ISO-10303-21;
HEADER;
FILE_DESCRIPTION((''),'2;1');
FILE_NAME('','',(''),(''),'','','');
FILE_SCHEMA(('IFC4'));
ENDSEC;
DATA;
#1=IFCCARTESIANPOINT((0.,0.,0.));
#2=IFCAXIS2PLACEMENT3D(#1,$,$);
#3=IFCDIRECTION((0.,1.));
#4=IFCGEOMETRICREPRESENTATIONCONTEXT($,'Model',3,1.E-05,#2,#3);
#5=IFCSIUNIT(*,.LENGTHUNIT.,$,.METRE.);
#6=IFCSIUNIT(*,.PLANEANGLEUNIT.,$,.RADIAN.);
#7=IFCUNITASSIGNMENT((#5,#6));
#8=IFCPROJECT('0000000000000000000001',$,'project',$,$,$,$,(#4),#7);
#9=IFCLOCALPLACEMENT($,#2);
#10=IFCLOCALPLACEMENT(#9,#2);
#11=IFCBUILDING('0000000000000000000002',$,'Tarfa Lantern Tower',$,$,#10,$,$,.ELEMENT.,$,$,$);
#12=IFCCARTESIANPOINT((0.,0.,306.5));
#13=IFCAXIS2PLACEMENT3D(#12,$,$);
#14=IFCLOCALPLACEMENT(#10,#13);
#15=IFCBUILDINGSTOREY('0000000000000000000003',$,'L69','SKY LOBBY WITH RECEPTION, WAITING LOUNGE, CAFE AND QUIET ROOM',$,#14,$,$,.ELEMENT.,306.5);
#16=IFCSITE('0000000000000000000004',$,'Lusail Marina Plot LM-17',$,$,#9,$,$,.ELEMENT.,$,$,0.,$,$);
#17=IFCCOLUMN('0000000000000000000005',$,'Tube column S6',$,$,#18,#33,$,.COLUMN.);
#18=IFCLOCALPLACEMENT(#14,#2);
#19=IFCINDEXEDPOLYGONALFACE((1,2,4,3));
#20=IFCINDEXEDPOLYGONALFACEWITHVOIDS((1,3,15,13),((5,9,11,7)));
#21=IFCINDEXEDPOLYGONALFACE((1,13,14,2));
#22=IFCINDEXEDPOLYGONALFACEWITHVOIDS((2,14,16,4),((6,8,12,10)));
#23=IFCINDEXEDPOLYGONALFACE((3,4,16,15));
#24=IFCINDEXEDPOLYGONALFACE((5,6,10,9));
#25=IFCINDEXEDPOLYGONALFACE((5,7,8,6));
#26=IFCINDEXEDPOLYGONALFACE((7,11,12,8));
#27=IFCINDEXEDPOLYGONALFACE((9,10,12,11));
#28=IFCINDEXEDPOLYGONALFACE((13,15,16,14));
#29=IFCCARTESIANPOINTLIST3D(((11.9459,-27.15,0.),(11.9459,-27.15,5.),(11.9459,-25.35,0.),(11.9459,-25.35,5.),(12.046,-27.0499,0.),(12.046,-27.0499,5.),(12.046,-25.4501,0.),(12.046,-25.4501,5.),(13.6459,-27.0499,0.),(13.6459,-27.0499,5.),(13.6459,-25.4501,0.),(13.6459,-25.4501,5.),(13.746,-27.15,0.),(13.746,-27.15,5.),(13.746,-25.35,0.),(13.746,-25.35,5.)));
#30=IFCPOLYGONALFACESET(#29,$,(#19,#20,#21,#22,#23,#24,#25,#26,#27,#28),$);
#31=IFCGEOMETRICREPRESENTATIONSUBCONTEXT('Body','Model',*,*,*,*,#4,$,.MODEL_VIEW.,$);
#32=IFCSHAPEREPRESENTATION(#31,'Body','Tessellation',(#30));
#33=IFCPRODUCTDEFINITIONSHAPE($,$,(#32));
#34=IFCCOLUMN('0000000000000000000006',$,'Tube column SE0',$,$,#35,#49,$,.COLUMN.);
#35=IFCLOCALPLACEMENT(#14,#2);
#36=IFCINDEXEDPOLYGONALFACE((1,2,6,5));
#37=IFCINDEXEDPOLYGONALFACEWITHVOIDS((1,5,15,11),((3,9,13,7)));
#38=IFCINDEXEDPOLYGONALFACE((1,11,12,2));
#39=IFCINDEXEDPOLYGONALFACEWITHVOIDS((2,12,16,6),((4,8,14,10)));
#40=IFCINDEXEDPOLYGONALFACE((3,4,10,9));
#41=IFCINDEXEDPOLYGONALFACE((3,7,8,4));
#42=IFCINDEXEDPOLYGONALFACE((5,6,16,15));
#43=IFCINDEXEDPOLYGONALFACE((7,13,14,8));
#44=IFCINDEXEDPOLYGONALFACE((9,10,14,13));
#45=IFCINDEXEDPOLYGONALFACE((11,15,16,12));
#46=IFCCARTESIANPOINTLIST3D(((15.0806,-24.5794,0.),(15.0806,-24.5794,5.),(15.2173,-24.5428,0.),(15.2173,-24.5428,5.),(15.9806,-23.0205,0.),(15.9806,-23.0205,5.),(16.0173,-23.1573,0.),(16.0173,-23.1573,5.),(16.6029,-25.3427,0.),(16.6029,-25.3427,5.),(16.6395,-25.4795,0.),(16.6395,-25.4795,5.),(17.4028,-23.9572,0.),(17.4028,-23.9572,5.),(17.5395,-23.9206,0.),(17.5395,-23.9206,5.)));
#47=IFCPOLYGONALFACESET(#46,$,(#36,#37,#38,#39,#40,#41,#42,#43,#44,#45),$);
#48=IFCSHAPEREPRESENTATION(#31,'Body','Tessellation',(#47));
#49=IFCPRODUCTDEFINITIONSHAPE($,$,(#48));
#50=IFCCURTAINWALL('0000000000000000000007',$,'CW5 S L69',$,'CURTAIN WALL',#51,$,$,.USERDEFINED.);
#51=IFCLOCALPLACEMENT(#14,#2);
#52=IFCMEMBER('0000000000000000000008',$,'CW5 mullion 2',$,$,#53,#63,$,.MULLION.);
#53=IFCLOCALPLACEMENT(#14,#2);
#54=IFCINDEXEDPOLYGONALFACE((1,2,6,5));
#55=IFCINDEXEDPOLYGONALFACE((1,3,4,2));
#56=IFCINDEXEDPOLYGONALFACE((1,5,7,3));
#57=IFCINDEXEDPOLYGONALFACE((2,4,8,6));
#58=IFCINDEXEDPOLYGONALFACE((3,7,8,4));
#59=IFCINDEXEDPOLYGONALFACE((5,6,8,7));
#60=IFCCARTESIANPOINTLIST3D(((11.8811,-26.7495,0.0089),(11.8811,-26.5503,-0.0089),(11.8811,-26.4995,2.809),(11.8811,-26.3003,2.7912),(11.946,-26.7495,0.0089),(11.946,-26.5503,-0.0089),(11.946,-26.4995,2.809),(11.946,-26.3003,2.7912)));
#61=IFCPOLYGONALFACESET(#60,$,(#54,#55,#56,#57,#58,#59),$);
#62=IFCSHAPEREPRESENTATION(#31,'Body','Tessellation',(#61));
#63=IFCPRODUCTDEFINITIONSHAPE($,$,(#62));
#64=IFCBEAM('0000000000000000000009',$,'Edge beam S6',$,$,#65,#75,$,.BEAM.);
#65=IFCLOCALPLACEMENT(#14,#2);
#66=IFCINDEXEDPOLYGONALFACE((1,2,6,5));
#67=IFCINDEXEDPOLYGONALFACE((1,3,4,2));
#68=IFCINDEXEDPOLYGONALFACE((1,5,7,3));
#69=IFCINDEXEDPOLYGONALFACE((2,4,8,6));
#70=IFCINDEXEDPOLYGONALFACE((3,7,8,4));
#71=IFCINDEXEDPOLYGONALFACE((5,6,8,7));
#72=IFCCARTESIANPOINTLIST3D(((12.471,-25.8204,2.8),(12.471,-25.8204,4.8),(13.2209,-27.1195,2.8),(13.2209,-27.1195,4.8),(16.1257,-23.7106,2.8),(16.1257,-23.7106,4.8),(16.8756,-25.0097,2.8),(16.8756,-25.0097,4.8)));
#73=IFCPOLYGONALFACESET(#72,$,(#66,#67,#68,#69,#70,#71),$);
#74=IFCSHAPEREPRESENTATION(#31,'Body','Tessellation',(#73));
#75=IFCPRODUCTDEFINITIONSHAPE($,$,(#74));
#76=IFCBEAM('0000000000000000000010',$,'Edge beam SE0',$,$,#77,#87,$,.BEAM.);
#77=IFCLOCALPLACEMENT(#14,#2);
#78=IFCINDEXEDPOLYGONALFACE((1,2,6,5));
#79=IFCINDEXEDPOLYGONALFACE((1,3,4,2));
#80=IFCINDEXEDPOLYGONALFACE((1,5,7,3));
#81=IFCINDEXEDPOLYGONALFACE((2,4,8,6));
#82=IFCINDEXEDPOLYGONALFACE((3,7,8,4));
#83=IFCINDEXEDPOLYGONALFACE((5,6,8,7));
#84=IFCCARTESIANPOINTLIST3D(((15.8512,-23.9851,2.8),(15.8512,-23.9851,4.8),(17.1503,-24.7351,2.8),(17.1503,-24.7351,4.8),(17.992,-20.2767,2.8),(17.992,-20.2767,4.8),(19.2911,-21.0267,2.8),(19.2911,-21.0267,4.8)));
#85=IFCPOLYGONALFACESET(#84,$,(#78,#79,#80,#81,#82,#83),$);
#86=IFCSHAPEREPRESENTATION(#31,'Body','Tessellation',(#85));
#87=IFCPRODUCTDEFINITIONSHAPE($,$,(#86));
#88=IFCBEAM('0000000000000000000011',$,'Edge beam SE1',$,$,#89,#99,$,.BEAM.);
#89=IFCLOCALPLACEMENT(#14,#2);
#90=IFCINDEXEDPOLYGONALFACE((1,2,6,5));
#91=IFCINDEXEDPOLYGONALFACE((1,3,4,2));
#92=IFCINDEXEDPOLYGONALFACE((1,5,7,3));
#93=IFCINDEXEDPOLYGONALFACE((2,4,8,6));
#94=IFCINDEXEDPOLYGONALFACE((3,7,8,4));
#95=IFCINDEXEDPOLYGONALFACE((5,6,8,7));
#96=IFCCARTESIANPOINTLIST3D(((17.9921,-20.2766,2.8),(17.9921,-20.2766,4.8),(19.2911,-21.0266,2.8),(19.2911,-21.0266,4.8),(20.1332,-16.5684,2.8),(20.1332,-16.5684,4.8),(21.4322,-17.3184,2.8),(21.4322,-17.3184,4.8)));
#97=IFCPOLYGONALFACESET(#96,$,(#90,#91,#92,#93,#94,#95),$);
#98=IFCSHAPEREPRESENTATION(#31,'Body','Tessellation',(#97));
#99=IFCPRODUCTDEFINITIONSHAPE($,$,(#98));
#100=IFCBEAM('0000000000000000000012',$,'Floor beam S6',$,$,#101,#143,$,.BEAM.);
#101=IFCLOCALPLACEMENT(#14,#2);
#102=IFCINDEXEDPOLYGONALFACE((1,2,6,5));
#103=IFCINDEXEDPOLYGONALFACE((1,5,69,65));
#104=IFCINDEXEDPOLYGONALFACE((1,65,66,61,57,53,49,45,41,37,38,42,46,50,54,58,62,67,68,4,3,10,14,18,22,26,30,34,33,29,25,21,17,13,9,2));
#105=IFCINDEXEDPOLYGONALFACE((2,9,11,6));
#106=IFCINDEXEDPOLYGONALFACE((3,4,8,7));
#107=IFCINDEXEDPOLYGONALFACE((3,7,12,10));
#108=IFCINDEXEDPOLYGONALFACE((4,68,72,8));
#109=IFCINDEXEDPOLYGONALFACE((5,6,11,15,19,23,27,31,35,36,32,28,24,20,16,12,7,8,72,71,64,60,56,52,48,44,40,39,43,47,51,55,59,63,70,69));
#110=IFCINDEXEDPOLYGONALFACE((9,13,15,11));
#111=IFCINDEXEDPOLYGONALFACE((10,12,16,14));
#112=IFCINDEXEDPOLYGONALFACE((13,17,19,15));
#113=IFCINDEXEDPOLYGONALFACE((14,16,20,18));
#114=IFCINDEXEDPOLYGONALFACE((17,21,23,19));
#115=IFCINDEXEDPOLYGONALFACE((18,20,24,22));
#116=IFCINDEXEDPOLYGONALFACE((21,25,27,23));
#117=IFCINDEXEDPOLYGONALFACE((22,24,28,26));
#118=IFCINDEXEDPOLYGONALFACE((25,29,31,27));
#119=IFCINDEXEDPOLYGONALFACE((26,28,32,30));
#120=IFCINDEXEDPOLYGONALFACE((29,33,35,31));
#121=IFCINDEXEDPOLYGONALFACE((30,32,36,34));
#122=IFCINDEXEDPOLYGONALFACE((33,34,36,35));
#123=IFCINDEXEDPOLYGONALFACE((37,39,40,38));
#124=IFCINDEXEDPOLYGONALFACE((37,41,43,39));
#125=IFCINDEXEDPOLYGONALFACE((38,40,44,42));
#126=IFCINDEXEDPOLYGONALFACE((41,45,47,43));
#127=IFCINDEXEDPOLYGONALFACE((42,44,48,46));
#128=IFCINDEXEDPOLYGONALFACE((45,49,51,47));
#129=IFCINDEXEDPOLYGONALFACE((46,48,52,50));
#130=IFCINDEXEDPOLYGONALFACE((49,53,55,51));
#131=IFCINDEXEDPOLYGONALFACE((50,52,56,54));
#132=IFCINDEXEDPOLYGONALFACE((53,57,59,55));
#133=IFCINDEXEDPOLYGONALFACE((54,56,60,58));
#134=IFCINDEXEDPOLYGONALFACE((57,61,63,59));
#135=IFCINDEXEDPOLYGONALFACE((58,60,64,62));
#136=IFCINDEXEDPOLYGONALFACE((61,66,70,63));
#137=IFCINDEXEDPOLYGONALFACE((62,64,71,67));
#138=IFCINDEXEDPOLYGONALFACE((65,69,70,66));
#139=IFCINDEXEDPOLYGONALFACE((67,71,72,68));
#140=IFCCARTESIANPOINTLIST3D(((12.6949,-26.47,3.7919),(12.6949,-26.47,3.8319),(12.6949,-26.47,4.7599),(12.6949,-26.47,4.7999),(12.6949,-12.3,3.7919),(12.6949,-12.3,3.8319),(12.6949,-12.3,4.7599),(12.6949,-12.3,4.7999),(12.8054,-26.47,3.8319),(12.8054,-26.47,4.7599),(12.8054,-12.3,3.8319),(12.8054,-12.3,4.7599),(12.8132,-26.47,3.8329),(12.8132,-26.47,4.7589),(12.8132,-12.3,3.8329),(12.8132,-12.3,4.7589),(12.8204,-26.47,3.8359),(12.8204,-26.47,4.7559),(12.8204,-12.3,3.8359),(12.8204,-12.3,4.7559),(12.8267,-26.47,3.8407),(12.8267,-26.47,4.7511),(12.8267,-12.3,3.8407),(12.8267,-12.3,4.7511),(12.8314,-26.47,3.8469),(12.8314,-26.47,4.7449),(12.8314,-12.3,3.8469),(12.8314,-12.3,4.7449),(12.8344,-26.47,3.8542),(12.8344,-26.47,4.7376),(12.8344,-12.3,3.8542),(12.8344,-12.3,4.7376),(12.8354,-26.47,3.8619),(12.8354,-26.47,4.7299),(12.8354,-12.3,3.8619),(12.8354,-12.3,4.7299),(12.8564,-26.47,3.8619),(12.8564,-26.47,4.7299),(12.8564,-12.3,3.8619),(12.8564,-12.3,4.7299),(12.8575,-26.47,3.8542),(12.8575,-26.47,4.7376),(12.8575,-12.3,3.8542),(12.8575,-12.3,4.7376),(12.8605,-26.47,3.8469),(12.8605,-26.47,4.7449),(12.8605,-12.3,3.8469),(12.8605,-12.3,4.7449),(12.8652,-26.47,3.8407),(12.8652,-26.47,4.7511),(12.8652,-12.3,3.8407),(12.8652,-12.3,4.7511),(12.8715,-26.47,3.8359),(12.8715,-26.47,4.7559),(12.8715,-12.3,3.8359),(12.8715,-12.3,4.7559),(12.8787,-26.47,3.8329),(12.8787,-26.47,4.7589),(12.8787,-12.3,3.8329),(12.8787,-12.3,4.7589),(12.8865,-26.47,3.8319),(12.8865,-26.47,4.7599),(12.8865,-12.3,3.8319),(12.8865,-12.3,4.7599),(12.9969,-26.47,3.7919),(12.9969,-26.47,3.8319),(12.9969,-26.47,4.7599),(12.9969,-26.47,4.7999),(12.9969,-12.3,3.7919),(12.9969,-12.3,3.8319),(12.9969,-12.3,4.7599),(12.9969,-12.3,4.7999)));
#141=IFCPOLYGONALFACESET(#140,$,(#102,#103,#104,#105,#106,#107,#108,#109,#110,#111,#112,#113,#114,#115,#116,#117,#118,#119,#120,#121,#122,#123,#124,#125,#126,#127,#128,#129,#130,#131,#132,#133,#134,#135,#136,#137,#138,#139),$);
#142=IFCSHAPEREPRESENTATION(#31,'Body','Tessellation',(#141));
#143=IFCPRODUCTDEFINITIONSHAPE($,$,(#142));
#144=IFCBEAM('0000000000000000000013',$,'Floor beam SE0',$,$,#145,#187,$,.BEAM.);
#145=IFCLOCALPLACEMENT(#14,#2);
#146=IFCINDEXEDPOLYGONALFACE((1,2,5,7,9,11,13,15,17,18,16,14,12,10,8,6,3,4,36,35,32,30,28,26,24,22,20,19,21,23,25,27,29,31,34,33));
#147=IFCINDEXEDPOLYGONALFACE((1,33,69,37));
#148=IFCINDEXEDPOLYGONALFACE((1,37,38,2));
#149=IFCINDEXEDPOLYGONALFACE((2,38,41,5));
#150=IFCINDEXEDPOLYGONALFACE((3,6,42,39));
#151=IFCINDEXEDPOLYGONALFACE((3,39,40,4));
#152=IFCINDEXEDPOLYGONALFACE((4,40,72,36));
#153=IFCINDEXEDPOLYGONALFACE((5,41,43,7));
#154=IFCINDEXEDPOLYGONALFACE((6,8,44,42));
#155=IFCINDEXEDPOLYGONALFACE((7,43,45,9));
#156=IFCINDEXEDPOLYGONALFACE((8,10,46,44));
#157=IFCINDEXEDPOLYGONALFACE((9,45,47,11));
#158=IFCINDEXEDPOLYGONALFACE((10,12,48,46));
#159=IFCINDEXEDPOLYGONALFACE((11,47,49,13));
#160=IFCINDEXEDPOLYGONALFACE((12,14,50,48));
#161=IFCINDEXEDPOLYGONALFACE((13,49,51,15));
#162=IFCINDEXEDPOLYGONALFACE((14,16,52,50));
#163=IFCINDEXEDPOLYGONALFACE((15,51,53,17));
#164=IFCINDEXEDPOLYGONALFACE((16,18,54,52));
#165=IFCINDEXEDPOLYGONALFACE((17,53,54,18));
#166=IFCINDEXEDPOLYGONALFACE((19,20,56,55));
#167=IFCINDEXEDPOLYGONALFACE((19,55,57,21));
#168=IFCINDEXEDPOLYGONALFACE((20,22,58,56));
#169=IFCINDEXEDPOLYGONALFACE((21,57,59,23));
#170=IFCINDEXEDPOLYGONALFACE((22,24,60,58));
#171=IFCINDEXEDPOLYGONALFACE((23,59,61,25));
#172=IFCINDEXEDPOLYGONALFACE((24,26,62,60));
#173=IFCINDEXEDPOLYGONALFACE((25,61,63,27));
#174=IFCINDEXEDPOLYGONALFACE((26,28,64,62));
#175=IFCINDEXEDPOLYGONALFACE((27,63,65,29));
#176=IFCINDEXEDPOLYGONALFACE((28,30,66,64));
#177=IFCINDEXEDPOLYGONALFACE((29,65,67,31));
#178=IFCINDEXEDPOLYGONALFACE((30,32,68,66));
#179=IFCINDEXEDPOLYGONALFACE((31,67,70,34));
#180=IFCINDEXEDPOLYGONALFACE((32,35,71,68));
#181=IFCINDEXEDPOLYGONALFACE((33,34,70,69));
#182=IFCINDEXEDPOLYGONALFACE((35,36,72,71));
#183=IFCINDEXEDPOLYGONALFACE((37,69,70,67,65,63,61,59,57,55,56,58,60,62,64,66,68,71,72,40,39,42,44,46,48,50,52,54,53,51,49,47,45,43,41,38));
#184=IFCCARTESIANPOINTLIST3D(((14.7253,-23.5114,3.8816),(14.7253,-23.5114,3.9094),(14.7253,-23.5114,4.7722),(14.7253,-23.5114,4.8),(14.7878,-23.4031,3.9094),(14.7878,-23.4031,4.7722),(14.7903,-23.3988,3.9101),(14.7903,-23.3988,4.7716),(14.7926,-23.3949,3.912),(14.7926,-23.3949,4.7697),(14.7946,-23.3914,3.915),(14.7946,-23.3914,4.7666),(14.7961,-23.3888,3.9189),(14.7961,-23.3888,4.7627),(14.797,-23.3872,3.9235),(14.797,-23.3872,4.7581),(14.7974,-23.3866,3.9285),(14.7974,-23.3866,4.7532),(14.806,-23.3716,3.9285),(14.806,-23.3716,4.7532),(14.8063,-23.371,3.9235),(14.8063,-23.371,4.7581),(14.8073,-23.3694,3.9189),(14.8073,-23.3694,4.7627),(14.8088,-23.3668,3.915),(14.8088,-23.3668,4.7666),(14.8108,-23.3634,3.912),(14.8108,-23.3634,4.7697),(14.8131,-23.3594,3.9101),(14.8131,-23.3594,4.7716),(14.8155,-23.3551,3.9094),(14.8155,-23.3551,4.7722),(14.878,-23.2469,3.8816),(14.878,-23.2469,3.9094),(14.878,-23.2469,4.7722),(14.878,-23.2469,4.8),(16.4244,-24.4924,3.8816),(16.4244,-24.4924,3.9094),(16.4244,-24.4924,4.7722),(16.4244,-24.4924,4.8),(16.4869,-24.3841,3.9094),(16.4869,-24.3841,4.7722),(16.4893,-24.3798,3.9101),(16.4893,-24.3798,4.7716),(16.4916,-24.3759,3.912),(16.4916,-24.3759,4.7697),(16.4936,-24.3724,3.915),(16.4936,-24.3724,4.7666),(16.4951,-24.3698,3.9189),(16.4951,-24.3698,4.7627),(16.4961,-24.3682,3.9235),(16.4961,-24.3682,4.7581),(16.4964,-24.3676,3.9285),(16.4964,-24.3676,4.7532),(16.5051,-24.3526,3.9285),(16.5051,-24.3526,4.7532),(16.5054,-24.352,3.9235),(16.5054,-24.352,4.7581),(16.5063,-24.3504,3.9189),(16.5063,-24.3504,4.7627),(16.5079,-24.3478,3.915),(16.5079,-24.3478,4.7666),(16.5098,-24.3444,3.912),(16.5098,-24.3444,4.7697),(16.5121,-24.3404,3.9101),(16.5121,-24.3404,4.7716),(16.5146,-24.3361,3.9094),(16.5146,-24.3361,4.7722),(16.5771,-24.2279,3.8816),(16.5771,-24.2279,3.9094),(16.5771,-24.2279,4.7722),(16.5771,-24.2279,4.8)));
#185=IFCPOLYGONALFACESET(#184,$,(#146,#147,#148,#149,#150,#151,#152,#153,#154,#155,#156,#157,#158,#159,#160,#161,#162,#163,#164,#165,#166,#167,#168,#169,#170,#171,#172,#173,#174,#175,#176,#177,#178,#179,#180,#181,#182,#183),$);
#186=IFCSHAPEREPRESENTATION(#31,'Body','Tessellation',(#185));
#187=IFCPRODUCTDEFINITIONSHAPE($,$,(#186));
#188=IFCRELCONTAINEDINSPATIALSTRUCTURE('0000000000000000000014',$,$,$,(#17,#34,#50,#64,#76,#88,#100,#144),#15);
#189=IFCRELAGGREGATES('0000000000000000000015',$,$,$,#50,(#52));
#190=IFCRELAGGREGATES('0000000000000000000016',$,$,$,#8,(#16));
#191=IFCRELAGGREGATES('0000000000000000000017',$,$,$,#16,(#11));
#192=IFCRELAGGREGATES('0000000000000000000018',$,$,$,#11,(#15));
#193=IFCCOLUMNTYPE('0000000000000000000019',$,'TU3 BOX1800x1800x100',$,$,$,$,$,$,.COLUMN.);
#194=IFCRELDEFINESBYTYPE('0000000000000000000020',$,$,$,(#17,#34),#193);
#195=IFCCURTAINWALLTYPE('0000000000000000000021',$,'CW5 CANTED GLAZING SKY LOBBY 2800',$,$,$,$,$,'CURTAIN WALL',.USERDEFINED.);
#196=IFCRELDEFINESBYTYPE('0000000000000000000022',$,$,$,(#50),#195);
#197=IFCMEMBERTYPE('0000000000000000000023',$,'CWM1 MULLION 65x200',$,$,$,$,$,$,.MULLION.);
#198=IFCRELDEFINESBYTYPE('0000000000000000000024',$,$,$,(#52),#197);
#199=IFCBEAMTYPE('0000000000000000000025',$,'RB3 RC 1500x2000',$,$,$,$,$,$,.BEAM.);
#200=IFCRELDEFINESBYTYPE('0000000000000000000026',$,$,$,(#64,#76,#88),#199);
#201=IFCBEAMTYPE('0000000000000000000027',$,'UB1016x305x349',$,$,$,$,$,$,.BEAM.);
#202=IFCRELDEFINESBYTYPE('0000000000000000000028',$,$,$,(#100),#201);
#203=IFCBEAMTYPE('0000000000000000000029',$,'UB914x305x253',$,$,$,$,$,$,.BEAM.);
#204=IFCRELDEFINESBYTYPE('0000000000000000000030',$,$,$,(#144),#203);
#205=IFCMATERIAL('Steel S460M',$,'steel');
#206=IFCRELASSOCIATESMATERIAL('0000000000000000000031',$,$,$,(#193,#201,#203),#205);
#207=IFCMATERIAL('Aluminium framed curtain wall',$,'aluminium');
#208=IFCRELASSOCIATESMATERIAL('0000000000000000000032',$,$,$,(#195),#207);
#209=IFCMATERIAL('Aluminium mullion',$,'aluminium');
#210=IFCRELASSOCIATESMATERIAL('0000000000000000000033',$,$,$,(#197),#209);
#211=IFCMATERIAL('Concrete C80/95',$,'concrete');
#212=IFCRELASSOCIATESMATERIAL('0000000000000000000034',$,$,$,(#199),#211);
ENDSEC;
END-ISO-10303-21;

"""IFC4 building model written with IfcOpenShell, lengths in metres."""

from ifc_helpers import new_model, si_unit, direction, frame, origin, origin_2d, place, context, subcontext, project, spatial, rectangle, hollow_rectangle, i_section, extrude, material, material_profile, profile_set, type_object, element, aggregate, save


model = new_model("IFC4")

# Units and contexts
model_context = context("Model", 3, precision=1e-05, world=origin(), true_north=direction((0.0, 1.0)))
body_context = subcontext(model_context, "Body", "Model", "MODEL_VIEW")
ifc_project = project(units=[si_unit("LENGTHUNIT", "METRE"), si_unit("PLANEANGLEUNIT", "RADIAN")], contexts=[model_context])

# Site, building, storey
site_placement = place(None, origin())
site = spatial("IfcSite", under=ifc_project, at=site_placement, Name="Lusail Marina Plot LM-17", CompositionType="ELEMENT", RefElevation=0.0)
building_placement = place(site_placement, origin())
building = spatial("IfcBuilding", under=site, at=building_placement, Name="Tarfa Lantern Tower", CompositionType="ELEMENT")
storey_placement = place(building_placement, frame((0.0, 0.0, 306.5)))
storey = spatial("IfcBuildingStorey", under=building, at=storey_placement, Name="L69", Description="SKY LOBBY WITH RECEPTION, WAITING LOUNGE, CAFE AND QUIET ROOM", CompositionType="ELEMENT", Elevation=306.5)

# Columns
ifc_material_1 = material(Name="Steel S460M", Category="steel")
ifc_material_profile_1 = material_profile(ifc_material_1, hollow_rectangle(XDim=1.8, YDim=1.8, WallThickness=0.1001, at=origin_2d()), Name="BOX1800x1800x100")
ifc_profile_set_1 = profile_set([ifc_material_profile_1], Name="Steel S460M")
column_type = type_object("IfcColumnType", Name="TU3 BOX1800x1800x100", PredefinedType="COLUMN", material=ifc_profile_set_1)
for number, where, z_axis, x_axis, name in (
    (1, (12.8459, -26.25, 0.0), (0.0, 0.0, 1.0), (1.0, 0.0, 0.0), "Tube column S6"),
    (2, (16.3101, -24.25, 0.0), (0.0, 0.0, 1.0), (0.5, 0.866025, 0.0), "Tube column SE0"),
):
    element("IfcColumn", number, at=place(storey_placement, frame(where, z_axis=z_axis, x_axis=x_axis)), inside=storey, type_object=column_type, Name=name, PredefinedType="COLUMN", context=body_context, shape_type="SweptSolid", body=[
        extrude(hollow_rectangle(XDim=1.8, YDim=1.8, WallThickness=0.1001, at=origin_2d()), origin(), (0.0, 0.0, 1.0), 5.0),
    ])

# Curtain wall, member
ifc_material_2 = material(Name="Aluminium framed curtain wall", Category="aluminium")
curtain_wall_type = type_object("IfcCurtainWallType", Name="CW5 CANTED GLAZING SKY LOBBY 2800", ElementType="CURTAIN WALL", PredefinedType="USERDEFINED", material=ifc_material_2)
curtain_wall_placement = place(storey_placement, origin())
curtain_wall = element("IfcCurtainWall", 3, at=curtain_wall_placement, inside=storey, type_object=curtain_wall_type, Name="CW5 S L69", ObjectType="CURTAIN WALL", PredefinedType="USERDEFINED")
ifc_material_3 = material(Name="Aluminium mullion", Category="aluminium")
ifc_material_profile_2 = material_profile(ifc_material_3, rectangle(XDim=0.0649, YDim=0.2, at=origin_2d()), Name="AL MULLION 65x200")
ifc_profile_set_2 = profile_set([ifc_material_profile_2], Name="Aluminium mullion")
member_type = type_object("IfcMemberType", Name="CWM1 MULLION 65x200", PredefinedType="MULLION", material=ifc_profile_set_2)
member_placement = place(storey_placement, frame((11.9136, -26.6499, 0.0), z_axis=(0.0, 0.08893, 0.996038), x_axis=(-1.0, 0.0, 0.0)))
member = element("IfcMember", 4, at=member_placement, type_object=member_type, Name="CW5 mullion 2", PredefinedType="MULLION", context=body_context, shape_type="SweptSolid", body=[
    extrude(rectangle(XDim=0.0649, YDim=0.2, at=origin_2d()), origin(), (0.0, 0.0, 1.0), 2.8113),
])
aggregate(curtain_wall, [member])

# Beams
ifc_material_4 = material(Name="Concrete C80/95", Category="concrete")
ifc_material_profile_3 = material_profile(ifc_material_4, rectangle(XDim=1.5, YDim=2.0, at=origin_2d()), Name="RC 1500x2000")
ifc_profile_set_3 = profile_set([ifc_material_profile_3], Name="Concrete C80/95")
beam_type_1 = type_object("IfcBeamType", Name="RB3 RC 1500x2000", PredefinedType="BEAM", material=ifc_profile_set_3)
beam_1_placement = place(storey_placement, frame((12.8459, -26.47, 3.8), z_axis=(0.866049, 0.499959, 0.0), x_axis=(-0.499959, 0.866049, 0.0)))
element("IfcBeam", 5, at=beam_1_placement, inside=storey, type_object=beam_type_1, Name="Edge beam S6", PredefinedType="BEAM", context=body_context, shape_type="SweptSolid", body=[
    extrude(rectangle(XDim=1.5, YDim=2.0, at=origin_2d()), origin(), (0.0, 0.0, 1.0), 4.22),
])
for number, where, z_axis, x_axis, name in (
    (6, (16.5007, -24.3601, 3.8), (0.499959, 0.866049, 0.0), (-0.866049, 0.499959, 0.0), "Edge beam SE0"),
    (7, (18.6416, -20.6516, 3.8), (0.500027, 0.86601, 0.0), (-0.86601, 0.500027, 0.0), "Edge beam SE1"),
):
    element("IfcBeam", number, at=place(storey_placement, frame(where, z_axis=z_axis, x_axis=x_axis)), inside=storey, type_object=beam_type_1, Name=name, PredefinedType="BEAM", context=body_context, shape_type="SweptSolid", body=[
        extrude(rectangle(XDim=1.5, YDim=2.0, at=origin_2d()), origin(), (0.0, 0.0, 1.0), 4.282),
    ])
ifc_material_profile_4 = material_profile(ifc_material_1, i_section(OverallWidth=0.302, OverallDepth=1.0081, WebThickness=0.021, FlangeThickness=0.04, FilletRadius=0.03, at=origin_2d()), Name="UB1016x305x349")
ifc_profile_set_4 = profile_set([ifc_material_profile_4], Name="Steel S460M")
beam_type_2 = type_object("IfcBeamType", Name="UB1016x305x349", PredefinedType="BEAM", material=ifc_profile_set_4)
beam_2_placement = place(storey_placement, frame((12.8459, -26.47, 4.2959), z_axis=(0.0, 1.0, 0.0), x_axis=(-1.0, 0.0, 0.0)))
element("IfcBeam", 8, at=beam_2_placement, inside=storey, type_object=beam_type_2, Name="Floor beam S6", PredefinedType="BEAM", context=body_context, shape_type="SweptSolid", body=[
    extrude(i_section(OverallWidth=0.302, OverallDepth=1.0081, WebThickness=0.021, FlangeThickness=0.04, FilletRadius=0.03, at=origin_2d()), origin(), (0.0, 0.0, 1.0), 14.1699),
])
ifc_material_profile_5 = material_profile(ifc_material_1, i_section(OverallWidth=0.3054, OverallDepth=0.9185, WebThickness=0.0173, FlangeThickness=0.0278, FilletRadius=0.019, at=origin_2d()), Name="UB914x305x253")
ifc_profile_set_5 = profile_set([ifc_material_profile_5], Name="Steel S460M")
beam_type_3 = type_object("IfcBeamType", Name="UB914x305x253", PredefinedType="BEAM", material=ifc_profile_set_5)
beam_3_placement = place(storey_placement, frame((16.5007, -24.3601, 4.3408), z_axis=(-0.866014, 0.50002, 0.0), x_axis=(-0.50002, -0.866014, 0.0)))
element("IfcBeam", 9, at=beam_3_placement, inside=storey, type_object=beam_type_3, Name="Floor beam SE0", PredefinedType="BEAM", context=body_context, shape_type="SweptSolid", body=[
    extrude(i_section(OverallWidth=0.3054, OverallDepth=0.9185, WebThickness=0.0173, FlangeThickness=0.0278, FilletRadius=0.019, at=origin_2d()), origin(), (0.0, 0.0, 1.0), 1.9619),
])

save(model, "model.ifc")
